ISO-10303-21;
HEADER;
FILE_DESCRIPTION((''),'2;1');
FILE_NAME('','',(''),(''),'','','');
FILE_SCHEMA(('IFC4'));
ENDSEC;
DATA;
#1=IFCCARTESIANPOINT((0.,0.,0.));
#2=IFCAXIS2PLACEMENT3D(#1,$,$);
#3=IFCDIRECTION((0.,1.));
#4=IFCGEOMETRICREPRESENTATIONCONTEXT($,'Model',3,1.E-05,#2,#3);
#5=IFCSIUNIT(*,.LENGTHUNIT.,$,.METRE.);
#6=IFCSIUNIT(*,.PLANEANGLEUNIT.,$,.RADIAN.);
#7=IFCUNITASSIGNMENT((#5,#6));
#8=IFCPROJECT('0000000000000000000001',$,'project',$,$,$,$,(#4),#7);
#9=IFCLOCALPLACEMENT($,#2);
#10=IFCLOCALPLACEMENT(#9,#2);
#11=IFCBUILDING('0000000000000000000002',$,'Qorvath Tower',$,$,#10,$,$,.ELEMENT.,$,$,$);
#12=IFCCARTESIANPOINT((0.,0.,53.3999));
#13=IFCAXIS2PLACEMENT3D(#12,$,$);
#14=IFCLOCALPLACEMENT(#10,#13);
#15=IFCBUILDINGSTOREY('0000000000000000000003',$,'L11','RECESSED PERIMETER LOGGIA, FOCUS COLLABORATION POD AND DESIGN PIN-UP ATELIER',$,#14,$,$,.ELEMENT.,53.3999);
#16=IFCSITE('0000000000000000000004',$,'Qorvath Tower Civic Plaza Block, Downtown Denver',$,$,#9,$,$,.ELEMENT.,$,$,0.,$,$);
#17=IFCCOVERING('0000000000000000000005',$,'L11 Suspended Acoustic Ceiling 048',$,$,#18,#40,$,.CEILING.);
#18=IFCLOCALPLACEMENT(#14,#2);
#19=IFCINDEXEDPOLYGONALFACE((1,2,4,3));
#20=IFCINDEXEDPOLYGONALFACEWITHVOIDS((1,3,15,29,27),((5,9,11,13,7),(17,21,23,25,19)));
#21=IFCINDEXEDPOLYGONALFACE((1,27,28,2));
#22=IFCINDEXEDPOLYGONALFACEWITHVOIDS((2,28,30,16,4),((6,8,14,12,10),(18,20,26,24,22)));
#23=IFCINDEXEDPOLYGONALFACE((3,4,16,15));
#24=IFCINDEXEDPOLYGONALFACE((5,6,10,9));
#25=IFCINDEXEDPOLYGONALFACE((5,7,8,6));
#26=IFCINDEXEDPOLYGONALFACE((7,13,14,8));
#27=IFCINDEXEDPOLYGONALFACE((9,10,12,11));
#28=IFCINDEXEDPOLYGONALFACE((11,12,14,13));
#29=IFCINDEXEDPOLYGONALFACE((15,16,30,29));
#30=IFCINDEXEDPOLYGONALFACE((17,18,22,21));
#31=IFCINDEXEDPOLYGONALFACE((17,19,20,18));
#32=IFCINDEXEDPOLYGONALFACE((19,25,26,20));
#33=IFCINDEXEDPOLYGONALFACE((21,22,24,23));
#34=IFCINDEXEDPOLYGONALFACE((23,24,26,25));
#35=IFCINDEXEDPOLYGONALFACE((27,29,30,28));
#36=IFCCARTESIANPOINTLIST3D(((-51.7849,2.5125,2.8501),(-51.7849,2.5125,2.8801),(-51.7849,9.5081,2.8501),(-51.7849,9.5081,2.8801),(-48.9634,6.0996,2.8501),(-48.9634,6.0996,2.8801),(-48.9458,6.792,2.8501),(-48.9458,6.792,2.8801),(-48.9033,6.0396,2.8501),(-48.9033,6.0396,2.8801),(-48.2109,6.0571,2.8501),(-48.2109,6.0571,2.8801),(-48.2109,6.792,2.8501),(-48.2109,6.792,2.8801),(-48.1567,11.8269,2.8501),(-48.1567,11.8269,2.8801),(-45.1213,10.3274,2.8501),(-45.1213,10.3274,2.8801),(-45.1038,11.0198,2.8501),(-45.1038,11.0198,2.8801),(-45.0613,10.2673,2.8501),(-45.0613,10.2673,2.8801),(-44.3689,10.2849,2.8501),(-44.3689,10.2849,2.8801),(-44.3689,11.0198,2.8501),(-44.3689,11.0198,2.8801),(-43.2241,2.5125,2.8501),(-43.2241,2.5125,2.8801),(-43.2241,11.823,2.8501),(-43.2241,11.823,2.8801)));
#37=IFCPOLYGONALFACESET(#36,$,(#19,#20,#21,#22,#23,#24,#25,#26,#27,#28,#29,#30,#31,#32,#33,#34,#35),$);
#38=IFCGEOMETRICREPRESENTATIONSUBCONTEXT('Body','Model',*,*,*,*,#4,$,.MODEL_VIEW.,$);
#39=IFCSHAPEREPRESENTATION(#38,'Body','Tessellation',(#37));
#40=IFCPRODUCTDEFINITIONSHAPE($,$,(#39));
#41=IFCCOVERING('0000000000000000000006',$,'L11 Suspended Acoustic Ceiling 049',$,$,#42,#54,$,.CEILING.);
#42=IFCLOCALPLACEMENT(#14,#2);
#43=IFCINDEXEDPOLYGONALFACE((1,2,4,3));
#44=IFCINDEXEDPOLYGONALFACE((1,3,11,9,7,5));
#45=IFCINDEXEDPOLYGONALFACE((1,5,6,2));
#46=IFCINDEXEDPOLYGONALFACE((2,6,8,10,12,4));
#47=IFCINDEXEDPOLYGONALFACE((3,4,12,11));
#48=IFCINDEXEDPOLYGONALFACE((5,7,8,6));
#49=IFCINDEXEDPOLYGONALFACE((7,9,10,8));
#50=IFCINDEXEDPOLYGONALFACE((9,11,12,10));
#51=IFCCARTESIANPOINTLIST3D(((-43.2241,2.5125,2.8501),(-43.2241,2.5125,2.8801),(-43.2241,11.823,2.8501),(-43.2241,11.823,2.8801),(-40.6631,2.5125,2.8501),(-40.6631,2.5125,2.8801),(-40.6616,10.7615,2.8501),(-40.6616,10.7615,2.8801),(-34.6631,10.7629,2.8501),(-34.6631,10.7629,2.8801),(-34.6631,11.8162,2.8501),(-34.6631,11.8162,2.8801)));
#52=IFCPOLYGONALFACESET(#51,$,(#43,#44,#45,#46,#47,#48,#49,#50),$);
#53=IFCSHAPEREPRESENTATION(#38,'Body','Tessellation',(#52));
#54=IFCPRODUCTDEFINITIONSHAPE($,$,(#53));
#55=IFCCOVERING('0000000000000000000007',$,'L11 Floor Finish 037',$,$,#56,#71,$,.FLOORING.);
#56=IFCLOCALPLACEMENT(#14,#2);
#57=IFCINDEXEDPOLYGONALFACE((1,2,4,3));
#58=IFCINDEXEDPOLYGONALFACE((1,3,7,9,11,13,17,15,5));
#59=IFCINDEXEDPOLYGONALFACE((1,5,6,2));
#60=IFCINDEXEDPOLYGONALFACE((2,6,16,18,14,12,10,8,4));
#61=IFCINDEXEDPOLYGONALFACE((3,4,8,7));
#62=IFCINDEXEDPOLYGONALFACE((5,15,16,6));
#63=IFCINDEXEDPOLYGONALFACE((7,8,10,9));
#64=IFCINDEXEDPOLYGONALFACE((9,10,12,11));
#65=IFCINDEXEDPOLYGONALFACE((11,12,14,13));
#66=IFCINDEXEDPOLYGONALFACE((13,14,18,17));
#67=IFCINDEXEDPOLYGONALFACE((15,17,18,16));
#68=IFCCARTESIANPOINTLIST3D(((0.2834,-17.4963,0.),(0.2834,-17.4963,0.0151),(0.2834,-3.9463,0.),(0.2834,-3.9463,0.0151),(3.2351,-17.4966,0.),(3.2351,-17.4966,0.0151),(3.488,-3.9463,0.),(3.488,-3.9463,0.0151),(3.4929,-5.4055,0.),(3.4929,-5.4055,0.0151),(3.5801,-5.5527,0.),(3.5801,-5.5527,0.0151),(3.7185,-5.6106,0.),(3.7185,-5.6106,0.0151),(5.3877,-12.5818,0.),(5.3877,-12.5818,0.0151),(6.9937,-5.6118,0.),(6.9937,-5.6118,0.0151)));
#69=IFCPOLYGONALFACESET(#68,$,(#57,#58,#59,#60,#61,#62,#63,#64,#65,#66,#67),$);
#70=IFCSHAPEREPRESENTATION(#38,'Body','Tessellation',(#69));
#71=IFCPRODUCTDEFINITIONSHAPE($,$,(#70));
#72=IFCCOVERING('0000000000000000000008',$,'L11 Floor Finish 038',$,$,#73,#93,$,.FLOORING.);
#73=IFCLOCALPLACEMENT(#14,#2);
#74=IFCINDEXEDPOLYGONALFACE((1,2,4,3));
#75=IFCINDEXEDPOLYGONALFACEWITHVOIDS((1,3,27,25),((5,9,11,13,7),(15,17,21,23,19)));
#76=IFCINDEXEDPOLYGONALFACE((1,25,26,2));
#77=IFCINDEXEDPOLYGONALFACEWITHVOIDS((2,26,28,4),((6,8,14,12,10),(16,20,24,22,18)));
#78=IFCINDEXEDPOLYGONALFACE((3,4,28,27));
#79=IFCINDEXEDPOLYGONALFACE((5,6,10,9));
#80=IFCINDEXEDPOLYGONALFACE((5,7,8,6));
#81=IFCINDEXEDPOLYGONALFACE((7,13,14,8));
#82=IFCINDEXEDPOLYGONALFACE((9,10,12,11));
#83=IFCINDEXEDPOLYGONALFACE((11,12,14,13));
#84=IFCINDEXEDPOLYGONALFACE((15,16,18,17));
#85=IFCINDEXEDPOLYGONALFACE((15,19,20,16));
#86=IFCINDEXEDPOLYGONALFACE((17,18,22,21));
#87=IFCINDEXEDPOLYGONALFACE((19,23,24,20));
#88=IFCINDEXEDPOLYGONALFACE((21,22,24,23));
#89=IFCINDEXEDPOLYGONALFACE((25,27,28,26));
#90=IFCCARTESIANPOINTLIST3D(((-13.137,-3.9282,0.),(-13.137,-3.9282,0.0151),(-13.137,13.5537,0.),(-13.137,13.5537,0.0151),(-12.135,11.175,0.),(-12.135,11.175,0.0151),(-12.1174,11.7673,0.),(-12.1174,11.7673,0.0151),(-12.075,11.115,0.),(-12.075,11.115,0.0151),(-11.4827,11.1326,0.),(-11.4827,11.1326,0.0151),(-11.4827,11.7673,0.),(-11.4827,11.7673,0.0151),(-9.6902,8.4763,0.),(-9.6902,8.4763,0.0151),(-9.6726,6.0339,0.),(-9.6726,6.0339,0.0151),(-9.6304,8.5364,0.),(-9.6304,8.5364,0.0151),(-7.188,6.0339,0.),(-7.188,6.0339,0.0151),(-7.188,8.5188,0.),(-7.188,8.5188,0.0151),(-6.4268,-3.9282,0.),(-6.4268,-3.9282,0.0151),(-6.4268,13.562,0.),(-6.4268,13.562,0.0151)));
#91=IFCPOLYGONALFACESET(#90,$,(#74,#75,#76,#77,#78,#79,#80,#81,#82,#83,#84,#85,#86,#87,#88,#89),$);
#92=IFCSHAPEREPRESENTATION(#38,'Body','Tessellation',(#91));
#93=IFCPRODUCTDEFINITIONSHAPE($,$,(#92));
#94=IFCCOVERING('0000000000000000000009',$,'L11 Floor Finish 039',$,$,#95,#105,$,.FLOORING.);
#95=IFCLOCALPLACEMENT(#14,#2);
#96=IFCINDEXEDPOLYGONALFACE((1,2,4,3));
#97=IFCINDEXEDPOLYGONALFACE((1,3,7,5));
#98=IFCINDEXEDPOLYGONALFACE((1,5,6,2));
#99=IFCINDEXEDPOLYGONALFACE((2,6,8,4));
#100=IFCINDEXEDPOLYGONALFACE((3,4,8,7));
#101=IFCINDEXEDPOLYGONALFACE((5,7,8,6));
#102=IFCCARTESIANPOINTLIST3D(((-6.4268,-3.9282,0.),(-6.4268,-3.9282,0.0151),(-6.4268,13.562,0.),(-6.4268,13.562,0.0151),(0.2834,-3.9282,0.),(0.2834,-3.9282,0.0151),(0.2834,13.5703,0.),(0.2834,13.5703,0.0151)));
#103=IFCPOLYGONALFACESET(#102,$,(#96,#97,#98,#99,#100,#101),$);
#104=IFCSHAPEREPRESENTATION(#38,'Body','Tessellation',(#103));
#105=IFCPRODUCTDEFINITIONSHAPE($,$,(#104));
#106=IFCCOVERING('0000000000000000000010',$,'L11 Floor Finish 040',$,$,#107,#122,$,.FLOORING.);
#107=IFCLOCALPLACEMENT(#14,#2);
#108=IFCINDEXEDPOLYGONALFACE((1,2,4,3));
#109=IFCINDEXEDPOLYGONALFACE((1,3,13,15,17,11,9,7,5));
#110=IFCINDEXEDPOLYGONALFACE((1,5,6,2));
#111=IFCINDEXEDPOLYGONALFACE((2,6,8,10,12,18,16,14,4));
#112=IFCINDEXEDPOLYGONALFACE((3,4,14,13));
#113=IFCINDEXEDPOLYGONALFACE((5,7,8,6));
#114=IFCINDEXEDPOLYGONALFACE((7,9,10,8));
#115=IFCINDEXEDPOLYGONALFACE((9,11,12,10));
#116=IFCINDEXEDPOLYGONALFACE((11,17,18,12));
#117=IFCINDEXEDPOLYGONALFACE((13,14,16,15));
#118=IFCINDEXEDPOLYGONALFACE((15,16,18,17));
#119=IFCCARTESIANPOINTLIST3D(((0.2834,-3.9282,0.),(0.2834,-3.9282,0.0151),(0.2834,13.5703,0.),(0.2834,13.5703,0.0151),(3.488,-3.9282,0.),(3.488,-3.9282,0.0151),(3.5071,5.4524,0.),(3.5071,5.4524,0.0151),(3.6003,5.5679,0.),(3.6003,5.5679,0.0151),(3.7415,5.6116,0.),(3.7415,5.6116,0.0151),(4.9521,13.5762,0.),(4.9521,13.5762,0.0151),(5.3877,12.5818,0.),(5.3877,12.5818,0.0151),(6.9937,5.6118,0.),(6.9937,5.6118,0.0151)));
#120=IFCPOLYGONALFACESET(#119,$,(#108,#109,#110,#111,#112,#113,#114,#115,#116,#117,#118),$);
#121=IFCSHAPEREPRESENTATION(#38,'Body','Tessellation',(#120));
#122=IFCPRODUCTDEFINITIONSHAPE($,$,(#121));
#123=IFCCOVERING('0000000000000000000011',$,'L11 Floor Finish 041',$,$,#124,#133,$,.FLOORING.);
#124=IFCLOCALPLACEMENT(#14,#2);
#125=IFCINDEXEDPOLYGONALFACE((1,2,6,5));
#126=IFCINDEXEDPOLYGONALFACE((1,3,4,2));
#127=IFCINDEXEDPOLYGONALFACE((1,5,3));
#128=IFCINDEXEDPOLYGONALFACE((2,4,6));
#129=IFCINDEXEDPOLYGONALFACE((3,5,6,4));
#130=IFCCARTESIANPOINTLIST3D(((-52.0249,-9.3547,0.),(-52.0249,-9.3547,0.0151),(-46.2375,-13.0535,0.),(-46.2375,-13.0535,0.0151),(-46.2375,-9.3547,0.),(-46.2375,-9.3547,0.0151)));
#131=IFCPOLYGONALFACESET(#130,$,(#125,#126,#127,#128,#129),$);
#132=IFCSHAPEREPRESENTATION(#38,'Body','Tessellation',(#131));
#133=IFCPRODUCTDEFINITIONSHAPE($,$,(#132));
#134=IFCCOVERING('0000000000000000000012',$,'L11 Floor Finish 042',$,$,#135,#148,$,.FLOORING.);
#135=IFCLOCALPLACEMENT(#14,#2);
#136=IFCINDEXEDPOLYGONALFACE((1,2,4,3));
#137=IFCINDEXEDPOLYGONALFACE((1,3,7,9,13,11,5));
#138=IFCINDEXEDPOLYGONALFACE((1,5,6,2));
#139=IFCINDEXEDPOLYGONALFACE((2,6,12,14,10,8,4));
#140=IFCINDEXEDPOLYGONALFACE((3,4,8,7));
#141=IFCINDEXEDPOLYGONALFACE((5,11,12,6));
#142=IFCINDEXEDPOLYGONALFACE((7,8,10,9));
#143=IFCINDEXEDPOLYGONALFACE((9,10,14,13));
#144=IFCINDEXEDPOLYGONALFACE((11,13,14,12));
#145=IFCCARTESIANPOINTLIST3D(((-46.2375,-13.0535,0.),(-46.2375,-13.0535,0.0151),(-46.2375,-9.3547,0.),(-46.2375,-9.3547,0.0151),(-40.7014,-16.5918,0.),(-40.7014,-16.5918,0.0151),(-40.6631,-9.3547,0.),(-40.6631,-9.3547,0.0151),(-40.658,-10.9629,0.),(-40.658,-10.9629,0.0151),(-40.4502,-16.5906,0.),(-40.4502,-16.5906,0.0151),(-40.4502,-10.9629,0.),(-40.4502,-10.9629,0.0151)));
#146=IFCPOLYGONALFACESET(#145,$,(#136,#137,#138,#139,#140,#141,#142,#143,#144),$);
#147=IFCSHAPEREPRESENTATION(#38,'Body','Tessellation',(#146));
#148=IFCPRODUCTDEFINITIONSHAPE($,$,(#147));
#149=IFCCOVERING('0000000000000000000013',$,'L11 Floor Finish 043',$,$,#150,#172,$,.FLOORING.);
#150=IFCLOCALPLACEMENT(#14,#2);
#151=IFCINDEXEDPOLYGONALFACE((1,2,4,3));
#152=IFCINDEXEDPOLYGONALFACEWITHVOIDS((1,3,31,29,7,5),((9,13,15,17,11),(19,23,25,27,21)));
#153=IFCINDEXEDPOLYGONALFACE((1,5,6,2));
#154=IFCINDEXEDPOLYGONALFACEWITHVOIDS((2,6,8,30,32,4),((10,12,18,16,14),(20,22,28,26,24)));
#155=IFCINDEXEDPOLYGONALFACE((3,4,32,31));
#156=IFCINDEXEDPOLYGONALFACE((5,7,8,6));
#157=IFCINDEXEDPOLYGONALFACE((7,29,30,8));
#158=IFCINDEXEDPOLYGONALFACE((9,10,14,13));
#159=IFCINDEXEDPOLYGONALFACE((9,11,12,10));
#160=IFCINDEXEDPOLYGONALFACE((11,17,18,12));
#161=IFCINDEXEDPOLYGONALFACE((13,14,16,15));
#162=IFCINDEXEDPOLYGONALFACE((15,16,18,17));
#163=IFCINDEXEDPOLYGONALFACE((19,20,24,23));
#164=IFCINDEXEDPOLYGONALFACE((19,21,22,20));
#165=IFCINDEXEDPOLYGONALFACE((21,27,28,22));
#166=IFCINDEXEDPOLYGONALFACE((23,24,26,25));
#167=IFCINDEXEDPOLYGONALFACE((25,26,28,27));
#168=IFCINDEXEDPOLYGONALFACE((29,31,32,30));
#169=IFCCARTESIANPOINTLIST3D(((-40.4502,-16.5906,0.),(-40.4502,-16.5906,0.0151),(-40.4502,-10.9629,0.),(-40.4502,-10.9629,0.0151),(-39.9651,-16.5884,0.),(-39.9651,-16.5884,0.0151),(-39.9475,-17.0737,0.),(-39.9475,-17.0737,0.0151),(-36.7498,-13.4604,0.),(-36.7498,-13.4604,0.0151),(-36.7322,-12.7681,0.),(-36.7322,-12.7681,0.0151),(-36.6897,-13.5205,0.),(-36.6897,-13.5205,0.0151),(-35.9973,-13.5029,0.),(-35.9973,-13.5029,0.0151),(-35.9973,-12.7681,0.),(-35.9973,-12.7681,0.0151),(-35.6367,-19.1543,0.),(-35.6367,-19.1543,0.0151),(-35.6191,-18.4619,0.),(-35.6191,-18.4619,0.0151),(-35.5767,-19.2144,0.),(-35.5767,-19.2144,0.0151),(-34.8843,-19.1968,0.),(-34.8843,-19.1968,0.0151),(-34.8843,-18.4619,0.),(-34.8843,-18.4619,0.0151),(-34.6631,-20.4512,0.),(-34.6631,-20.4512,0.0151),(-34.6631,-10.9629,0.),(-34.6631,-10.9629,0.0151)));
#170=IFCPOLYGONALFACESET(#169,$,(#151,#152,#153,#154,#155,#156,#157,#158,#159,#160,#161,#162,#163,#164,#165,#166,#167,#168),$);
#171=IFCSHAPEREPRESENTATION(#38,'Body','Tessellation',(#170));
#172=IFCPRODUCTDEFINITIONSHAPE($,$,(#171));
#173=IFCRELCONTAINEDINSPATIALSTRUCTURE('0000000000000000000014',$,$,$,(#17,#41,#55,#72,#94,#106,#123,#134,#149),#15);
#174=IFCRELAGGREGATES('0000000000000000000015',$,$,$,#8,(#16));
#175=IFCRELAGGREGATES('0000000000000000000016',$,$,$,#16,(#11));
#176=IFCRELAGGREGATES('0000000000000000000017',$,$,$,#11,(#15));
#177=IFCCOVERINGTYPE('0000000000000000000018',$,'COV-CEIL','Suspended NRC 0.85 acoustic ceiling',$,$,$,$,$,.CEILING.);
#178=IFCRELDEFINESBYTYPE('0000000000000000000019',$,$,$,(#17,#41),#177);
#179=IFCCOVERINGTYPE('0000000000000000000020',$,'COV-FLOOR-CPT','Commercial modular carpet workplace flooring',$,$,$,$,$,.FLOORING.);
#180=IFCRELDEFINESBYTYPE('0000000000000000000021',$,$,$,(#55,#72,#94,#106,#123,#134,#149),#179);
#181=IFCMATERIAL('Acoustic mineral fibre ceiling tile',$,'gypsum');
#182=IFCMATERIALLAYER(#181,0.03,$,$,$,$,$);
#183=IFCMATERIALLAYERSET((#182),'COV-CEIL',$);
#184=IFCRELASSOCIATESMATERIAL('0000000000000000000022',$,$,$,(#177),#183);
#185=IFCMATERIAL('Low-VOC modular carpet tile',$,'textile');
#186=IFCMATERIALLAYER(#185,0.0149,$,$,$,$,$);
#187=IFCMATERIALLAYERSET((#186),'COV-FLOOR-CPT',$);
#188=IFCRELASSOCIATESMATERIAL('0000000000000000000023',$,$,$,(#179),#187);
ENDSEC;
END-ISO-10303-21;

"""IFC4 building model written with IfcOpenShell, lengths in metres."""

from ifc_helpers import new_model, si_unit, direction, frame, origin, place, context, subcontext, project, spatial, polyline, outline, extrude, material, layer, layer_set, type_object, element, save


model = new_model("IFC4")

# Units and contexts
model_context = context("Model", 3, precision=1e-05, world=origin(), true_north=direction((0.0, 1.0)))
body_context = subcontext(model_context, "Body", "Model", "MODEL_VIEW")
ifc_project = project(units=[si_unit("LENGTHUNIT", "METRE"), si_unit("PLANEANGLEUNIT", "RADIAN")], contexts=[model_context])

# Site, building, storey
site_placement = place(None, origin())
site = spatial("IfcSite", under=ifc_project, at=site_placement, Name="Qorvath Tower Civic Plaza Block, Downtown Denver", CompositionType="ELEMENT", RefElevation=0.0)
building_placement = place(site_placement, origin())
building = spatial("IfcBuilding", under=site, at=building_placement, Name="Qorvath Tower", CompositionType="ELEMENT")
storey_placement = place(building_placement, frame((0.0, 0.0, 53.3999)))
storey = spatial("IfcBuildingStorey", under=building, at=storey_placement, Name="L11", Description="RECESSED PERIMETER LOGGIA, FOCUS COLLABORATION POD AND DESIGN PIN-UP ATELIER", CompositionType="ELEMENT", Elevation=53.3999)

# Coverings
ifc_material_1 = material(Name="Acoustic mineral fibre ceiling tile", Category="gypsum")
ifc_layer_1 = layer(ifc_material_1, 0.03)
ifc_layer_set_1 = layer_set([ifc_layer_1], Name="COV-CEIL")
covering_type_1 = type_object("IfcCoveringType", Name="COV-CEIL", Description="Suspended NRC 0.85 acoustic ceiling", PredefinedType="CEILING", material=ifc_layer_set_1)
covering_1_placement = place(storey_placement, frame((0.0, 0.0, 2.8501)))
element("IfcCovering", 1, at=covering_1_placement, inside=storey, type_object=covering_type_1, Name="L11 Suspended Acoustic Ceiling 048", PredefinedType="CEILING", context=body_context, shape_type="SweptSolid", body=[
    extrude(outline(polyline([(-51.7849, 9.5081), (-51.7849, 2.5125), (-43.2241, 2.5125), (-43.2241, 11.823), (-48.1567, 11.8269), (-51.7849, 9.5081)]), holes=[polyline([(-45.1213, 10.3274), (-45.1038, 11.0198), (-44.3689, 11.0198), (-44.3689, 10.2849), (-45.0613, 10.2673), (-45.1213, 10.3274)]), polyline([(-48.9634, 6.0996), (-48.9458, 6.792), (-48.2109, 6.792), (-48.2109, 6.0571), (-48.9033, 6.0396), (-48.9634, 6.0996)])]), origin(), (0.0, 0.0, 1.0), 0.03),
])
covering_2_placement = place(storey_placement, frame((0.0, 0.0, 2.8501)))
element("IfcCovering", 2, at=covering_2_placement, inside=storey, type_object=covering_type_1, Name="L11 Suspended Acoustic Ceiling 049", PredefinedType="CEILING", context=body_context, shape_type="SweptSolid", body=[
    extrude(outline(polyline([(-43.2241, 11.823), (-43.2241, 2.5125), (-40.6631, 2.5125), (-40.6616, 10.7615), (-34.6631, 10.7629), (-34.6631, 11.8162), (-43.2241, 11.823)])), origin(), (0.0, 0.0, 1.0), 0.03),
])
ifc_material_2 = material(Name="Low-VOC modular carpet tile", Category="textile")
ifc_layer_2 = layer(ifc_material_2, 0.0149)
ifc_layer_set_2 = layer_set([ifc_layer_2], Name="COV-FLOOR-CPT")
covering_type_2 = type_object("IfcCoveringType", Name="COV-FLOOR-CPT", Description="Commercial modular carpet workplace flooring", PredefinedType="FLOORING", material=ifc_layer_set_2)
covering_3_placement = place(storey_placement, origin())
element("IfcCovering", 3, at=covering_3_placement, inside=storey, type_object=covering_type_2, Name="L11 Floor Finish 037", PredefinedType="FLOORING", context=body_context, shape_type="SweptSolid", body=[
    extrude(outline(polyline([(3.5801, -5.5527), (3.4929, -5.4055), (3.488, -3.9463), (0.2834, -3.9463), (0.2834, -17.4963), (3.2351, -17.4966), (5.3877, -12.5818), (6.9937, -5.6118), (3.7185, -5.6106), (3.5801, -5.5527)])), origin(), (0.0, 0.0, 1.0), 0.0151),
])
covering_4_placement = place(storey_placement, origin())
element("IfcCovering", 4, at=covering_4_placement, inside=storey, type_object=covering_type_2, Name="L11 Floor Finish 038", PredefinedType="FLOORING", context=body_context, shape_type="SweptSolid", body=[
    extrude(outline(polyline([(-6.4268, -3.9282), (-6.4268, 13.562), (-13.137, 13.5537), (-13.137, -3.9282), (-6.4268, -3.9282)]), holes=[polyline([(-9.6902, 8.4763), (-9.6304, 8.5364), (-7.188, 8.5188), (-7.188, 6.0339), (-9.6726, 6.0339), (-9.6902, 8.4763)]), polyline([(-12.135, 11.175), (-12.1174, 11.7673), (-11.4827, 11.7673), (-11.4827, 11.1326), (-12.075, 11.115), (-12.135, 11.175)])]), origin(), (0.0, 0.0, 1.0), 0.0151),
])
covering_5_placement = place(storey_placement, origin())
element("IfcCovering", 5, at=covering_5_placement, inside=storey, type_object=covering_type_2, Name="L11 Floor Finish 039", PredefinedType="FLOORING", context=body_context, shape_type="SweptSolid", body=[
    extrude(outline(polyline([(0.2834, -3.9282), (0.2834, 13.5703), (-6.4268, 13.562), (-6.4268, -3.9282), (0.2834, -3.9282)])), origin(), (0.0, 0.0, 1.0), 0.0151),
])
covering_6_placement = place(storey_placement, origin())
element("IfcCovering", 6, at=covering_6_placement, inside=storey, type_object=covering_type_2, Name="L11 Floor Finish 040", PredefinedType="FLOORING", context=body_context, shape_type="SweptSolid", body=[
    extrude(outline(polyline([(3.7415, 5.6116), (6.9937, 5.6118), (5.3877, 12.5818), (4.9521, 13.5762), (0.2834, 13.5703), (0.2834, -3.9282), (3.488, -3.9282), (3.5071, 5.4524), (3.6003, 5.5679), (3.7415, 5.6116)])), origin(), (0.0, 0.0, 1.0), 0.0151),
])
covering_7_placement = place(storey_placement, origin())
element("IfcCovering", 7, at=covering_7_placement, inside=storey, type_object=covering_type_2, Name="L11 Floor Finish 041", PredefinedType="FLOORING", context=body_context, shape_type="SweptSolid", body=[
    extrude(outline(polyline([(-46.2375, -13.0535), (-46.2375, -9.3547), (-52.0249, -9.3547), (-46.2375, -13.0535)])), origin(), (0.0, 0.0, 1.0), 0.0151),
])
covering_8_placement = place(storey_placement, origin())
element("IfcCovering", 8, at=covering_8_placement, inside=storey, type_object=covering_type_2, Name="L11 Floor Finish 042", PredefinedType="FLOORING", context=body_context, shape_type="SweptSolid", body=[
    extrude(outline(polyline([(-40.6631, -9.3547), (-46.2375, -9.3547), (-46.2375, -13.0535), (-40.7014, -16.5918), (-40.4502, -16.5906), (-40.4502, -10.9629), (-40.658, -10.9629), (-40.6631, -9.3547)])), origin(), (0.0, 0.0, 1.0), 0.0151),
])
covering_9_placement = place(storey_placement, origin())
element("IfcCovering", 9, at=covering_9_placement, inside=storey, type_object=covering_type_2, Name="L11 Floor Finish 043", PredefinedType="FLOORING", context=body_context, shape_type="SweptSolid", body=[
    extrude(outline(polyline([(-40.4502, -10.9629), (-40.4502, -16.5906), (-39.9651, -16.5884), (-39.9475, -17.0737), (-34.6631, -20.4512), (-34.6631, -10.9629), (-40.4502, -10.9629)]), holes=[polyline([(-35.6367, -19.1543), (-35.6191, -18.4619), (-34.8843, -18.4619), (-34.8843, -19.1968), (-35.5767, -19.2144), (-35.6367, -19.1543)]), polyline([(-36.7498, -13.4604), (-36.7322, -12.7681), (-35.9973, -12.7681), (-35.9973, -13.5029), (-36.6897, -13.5205), (-36.7498, -13.4604)])]), origin(), (0.0, 0.0, 1.0), 0.0151),
])

save(model, "model.ifc")
